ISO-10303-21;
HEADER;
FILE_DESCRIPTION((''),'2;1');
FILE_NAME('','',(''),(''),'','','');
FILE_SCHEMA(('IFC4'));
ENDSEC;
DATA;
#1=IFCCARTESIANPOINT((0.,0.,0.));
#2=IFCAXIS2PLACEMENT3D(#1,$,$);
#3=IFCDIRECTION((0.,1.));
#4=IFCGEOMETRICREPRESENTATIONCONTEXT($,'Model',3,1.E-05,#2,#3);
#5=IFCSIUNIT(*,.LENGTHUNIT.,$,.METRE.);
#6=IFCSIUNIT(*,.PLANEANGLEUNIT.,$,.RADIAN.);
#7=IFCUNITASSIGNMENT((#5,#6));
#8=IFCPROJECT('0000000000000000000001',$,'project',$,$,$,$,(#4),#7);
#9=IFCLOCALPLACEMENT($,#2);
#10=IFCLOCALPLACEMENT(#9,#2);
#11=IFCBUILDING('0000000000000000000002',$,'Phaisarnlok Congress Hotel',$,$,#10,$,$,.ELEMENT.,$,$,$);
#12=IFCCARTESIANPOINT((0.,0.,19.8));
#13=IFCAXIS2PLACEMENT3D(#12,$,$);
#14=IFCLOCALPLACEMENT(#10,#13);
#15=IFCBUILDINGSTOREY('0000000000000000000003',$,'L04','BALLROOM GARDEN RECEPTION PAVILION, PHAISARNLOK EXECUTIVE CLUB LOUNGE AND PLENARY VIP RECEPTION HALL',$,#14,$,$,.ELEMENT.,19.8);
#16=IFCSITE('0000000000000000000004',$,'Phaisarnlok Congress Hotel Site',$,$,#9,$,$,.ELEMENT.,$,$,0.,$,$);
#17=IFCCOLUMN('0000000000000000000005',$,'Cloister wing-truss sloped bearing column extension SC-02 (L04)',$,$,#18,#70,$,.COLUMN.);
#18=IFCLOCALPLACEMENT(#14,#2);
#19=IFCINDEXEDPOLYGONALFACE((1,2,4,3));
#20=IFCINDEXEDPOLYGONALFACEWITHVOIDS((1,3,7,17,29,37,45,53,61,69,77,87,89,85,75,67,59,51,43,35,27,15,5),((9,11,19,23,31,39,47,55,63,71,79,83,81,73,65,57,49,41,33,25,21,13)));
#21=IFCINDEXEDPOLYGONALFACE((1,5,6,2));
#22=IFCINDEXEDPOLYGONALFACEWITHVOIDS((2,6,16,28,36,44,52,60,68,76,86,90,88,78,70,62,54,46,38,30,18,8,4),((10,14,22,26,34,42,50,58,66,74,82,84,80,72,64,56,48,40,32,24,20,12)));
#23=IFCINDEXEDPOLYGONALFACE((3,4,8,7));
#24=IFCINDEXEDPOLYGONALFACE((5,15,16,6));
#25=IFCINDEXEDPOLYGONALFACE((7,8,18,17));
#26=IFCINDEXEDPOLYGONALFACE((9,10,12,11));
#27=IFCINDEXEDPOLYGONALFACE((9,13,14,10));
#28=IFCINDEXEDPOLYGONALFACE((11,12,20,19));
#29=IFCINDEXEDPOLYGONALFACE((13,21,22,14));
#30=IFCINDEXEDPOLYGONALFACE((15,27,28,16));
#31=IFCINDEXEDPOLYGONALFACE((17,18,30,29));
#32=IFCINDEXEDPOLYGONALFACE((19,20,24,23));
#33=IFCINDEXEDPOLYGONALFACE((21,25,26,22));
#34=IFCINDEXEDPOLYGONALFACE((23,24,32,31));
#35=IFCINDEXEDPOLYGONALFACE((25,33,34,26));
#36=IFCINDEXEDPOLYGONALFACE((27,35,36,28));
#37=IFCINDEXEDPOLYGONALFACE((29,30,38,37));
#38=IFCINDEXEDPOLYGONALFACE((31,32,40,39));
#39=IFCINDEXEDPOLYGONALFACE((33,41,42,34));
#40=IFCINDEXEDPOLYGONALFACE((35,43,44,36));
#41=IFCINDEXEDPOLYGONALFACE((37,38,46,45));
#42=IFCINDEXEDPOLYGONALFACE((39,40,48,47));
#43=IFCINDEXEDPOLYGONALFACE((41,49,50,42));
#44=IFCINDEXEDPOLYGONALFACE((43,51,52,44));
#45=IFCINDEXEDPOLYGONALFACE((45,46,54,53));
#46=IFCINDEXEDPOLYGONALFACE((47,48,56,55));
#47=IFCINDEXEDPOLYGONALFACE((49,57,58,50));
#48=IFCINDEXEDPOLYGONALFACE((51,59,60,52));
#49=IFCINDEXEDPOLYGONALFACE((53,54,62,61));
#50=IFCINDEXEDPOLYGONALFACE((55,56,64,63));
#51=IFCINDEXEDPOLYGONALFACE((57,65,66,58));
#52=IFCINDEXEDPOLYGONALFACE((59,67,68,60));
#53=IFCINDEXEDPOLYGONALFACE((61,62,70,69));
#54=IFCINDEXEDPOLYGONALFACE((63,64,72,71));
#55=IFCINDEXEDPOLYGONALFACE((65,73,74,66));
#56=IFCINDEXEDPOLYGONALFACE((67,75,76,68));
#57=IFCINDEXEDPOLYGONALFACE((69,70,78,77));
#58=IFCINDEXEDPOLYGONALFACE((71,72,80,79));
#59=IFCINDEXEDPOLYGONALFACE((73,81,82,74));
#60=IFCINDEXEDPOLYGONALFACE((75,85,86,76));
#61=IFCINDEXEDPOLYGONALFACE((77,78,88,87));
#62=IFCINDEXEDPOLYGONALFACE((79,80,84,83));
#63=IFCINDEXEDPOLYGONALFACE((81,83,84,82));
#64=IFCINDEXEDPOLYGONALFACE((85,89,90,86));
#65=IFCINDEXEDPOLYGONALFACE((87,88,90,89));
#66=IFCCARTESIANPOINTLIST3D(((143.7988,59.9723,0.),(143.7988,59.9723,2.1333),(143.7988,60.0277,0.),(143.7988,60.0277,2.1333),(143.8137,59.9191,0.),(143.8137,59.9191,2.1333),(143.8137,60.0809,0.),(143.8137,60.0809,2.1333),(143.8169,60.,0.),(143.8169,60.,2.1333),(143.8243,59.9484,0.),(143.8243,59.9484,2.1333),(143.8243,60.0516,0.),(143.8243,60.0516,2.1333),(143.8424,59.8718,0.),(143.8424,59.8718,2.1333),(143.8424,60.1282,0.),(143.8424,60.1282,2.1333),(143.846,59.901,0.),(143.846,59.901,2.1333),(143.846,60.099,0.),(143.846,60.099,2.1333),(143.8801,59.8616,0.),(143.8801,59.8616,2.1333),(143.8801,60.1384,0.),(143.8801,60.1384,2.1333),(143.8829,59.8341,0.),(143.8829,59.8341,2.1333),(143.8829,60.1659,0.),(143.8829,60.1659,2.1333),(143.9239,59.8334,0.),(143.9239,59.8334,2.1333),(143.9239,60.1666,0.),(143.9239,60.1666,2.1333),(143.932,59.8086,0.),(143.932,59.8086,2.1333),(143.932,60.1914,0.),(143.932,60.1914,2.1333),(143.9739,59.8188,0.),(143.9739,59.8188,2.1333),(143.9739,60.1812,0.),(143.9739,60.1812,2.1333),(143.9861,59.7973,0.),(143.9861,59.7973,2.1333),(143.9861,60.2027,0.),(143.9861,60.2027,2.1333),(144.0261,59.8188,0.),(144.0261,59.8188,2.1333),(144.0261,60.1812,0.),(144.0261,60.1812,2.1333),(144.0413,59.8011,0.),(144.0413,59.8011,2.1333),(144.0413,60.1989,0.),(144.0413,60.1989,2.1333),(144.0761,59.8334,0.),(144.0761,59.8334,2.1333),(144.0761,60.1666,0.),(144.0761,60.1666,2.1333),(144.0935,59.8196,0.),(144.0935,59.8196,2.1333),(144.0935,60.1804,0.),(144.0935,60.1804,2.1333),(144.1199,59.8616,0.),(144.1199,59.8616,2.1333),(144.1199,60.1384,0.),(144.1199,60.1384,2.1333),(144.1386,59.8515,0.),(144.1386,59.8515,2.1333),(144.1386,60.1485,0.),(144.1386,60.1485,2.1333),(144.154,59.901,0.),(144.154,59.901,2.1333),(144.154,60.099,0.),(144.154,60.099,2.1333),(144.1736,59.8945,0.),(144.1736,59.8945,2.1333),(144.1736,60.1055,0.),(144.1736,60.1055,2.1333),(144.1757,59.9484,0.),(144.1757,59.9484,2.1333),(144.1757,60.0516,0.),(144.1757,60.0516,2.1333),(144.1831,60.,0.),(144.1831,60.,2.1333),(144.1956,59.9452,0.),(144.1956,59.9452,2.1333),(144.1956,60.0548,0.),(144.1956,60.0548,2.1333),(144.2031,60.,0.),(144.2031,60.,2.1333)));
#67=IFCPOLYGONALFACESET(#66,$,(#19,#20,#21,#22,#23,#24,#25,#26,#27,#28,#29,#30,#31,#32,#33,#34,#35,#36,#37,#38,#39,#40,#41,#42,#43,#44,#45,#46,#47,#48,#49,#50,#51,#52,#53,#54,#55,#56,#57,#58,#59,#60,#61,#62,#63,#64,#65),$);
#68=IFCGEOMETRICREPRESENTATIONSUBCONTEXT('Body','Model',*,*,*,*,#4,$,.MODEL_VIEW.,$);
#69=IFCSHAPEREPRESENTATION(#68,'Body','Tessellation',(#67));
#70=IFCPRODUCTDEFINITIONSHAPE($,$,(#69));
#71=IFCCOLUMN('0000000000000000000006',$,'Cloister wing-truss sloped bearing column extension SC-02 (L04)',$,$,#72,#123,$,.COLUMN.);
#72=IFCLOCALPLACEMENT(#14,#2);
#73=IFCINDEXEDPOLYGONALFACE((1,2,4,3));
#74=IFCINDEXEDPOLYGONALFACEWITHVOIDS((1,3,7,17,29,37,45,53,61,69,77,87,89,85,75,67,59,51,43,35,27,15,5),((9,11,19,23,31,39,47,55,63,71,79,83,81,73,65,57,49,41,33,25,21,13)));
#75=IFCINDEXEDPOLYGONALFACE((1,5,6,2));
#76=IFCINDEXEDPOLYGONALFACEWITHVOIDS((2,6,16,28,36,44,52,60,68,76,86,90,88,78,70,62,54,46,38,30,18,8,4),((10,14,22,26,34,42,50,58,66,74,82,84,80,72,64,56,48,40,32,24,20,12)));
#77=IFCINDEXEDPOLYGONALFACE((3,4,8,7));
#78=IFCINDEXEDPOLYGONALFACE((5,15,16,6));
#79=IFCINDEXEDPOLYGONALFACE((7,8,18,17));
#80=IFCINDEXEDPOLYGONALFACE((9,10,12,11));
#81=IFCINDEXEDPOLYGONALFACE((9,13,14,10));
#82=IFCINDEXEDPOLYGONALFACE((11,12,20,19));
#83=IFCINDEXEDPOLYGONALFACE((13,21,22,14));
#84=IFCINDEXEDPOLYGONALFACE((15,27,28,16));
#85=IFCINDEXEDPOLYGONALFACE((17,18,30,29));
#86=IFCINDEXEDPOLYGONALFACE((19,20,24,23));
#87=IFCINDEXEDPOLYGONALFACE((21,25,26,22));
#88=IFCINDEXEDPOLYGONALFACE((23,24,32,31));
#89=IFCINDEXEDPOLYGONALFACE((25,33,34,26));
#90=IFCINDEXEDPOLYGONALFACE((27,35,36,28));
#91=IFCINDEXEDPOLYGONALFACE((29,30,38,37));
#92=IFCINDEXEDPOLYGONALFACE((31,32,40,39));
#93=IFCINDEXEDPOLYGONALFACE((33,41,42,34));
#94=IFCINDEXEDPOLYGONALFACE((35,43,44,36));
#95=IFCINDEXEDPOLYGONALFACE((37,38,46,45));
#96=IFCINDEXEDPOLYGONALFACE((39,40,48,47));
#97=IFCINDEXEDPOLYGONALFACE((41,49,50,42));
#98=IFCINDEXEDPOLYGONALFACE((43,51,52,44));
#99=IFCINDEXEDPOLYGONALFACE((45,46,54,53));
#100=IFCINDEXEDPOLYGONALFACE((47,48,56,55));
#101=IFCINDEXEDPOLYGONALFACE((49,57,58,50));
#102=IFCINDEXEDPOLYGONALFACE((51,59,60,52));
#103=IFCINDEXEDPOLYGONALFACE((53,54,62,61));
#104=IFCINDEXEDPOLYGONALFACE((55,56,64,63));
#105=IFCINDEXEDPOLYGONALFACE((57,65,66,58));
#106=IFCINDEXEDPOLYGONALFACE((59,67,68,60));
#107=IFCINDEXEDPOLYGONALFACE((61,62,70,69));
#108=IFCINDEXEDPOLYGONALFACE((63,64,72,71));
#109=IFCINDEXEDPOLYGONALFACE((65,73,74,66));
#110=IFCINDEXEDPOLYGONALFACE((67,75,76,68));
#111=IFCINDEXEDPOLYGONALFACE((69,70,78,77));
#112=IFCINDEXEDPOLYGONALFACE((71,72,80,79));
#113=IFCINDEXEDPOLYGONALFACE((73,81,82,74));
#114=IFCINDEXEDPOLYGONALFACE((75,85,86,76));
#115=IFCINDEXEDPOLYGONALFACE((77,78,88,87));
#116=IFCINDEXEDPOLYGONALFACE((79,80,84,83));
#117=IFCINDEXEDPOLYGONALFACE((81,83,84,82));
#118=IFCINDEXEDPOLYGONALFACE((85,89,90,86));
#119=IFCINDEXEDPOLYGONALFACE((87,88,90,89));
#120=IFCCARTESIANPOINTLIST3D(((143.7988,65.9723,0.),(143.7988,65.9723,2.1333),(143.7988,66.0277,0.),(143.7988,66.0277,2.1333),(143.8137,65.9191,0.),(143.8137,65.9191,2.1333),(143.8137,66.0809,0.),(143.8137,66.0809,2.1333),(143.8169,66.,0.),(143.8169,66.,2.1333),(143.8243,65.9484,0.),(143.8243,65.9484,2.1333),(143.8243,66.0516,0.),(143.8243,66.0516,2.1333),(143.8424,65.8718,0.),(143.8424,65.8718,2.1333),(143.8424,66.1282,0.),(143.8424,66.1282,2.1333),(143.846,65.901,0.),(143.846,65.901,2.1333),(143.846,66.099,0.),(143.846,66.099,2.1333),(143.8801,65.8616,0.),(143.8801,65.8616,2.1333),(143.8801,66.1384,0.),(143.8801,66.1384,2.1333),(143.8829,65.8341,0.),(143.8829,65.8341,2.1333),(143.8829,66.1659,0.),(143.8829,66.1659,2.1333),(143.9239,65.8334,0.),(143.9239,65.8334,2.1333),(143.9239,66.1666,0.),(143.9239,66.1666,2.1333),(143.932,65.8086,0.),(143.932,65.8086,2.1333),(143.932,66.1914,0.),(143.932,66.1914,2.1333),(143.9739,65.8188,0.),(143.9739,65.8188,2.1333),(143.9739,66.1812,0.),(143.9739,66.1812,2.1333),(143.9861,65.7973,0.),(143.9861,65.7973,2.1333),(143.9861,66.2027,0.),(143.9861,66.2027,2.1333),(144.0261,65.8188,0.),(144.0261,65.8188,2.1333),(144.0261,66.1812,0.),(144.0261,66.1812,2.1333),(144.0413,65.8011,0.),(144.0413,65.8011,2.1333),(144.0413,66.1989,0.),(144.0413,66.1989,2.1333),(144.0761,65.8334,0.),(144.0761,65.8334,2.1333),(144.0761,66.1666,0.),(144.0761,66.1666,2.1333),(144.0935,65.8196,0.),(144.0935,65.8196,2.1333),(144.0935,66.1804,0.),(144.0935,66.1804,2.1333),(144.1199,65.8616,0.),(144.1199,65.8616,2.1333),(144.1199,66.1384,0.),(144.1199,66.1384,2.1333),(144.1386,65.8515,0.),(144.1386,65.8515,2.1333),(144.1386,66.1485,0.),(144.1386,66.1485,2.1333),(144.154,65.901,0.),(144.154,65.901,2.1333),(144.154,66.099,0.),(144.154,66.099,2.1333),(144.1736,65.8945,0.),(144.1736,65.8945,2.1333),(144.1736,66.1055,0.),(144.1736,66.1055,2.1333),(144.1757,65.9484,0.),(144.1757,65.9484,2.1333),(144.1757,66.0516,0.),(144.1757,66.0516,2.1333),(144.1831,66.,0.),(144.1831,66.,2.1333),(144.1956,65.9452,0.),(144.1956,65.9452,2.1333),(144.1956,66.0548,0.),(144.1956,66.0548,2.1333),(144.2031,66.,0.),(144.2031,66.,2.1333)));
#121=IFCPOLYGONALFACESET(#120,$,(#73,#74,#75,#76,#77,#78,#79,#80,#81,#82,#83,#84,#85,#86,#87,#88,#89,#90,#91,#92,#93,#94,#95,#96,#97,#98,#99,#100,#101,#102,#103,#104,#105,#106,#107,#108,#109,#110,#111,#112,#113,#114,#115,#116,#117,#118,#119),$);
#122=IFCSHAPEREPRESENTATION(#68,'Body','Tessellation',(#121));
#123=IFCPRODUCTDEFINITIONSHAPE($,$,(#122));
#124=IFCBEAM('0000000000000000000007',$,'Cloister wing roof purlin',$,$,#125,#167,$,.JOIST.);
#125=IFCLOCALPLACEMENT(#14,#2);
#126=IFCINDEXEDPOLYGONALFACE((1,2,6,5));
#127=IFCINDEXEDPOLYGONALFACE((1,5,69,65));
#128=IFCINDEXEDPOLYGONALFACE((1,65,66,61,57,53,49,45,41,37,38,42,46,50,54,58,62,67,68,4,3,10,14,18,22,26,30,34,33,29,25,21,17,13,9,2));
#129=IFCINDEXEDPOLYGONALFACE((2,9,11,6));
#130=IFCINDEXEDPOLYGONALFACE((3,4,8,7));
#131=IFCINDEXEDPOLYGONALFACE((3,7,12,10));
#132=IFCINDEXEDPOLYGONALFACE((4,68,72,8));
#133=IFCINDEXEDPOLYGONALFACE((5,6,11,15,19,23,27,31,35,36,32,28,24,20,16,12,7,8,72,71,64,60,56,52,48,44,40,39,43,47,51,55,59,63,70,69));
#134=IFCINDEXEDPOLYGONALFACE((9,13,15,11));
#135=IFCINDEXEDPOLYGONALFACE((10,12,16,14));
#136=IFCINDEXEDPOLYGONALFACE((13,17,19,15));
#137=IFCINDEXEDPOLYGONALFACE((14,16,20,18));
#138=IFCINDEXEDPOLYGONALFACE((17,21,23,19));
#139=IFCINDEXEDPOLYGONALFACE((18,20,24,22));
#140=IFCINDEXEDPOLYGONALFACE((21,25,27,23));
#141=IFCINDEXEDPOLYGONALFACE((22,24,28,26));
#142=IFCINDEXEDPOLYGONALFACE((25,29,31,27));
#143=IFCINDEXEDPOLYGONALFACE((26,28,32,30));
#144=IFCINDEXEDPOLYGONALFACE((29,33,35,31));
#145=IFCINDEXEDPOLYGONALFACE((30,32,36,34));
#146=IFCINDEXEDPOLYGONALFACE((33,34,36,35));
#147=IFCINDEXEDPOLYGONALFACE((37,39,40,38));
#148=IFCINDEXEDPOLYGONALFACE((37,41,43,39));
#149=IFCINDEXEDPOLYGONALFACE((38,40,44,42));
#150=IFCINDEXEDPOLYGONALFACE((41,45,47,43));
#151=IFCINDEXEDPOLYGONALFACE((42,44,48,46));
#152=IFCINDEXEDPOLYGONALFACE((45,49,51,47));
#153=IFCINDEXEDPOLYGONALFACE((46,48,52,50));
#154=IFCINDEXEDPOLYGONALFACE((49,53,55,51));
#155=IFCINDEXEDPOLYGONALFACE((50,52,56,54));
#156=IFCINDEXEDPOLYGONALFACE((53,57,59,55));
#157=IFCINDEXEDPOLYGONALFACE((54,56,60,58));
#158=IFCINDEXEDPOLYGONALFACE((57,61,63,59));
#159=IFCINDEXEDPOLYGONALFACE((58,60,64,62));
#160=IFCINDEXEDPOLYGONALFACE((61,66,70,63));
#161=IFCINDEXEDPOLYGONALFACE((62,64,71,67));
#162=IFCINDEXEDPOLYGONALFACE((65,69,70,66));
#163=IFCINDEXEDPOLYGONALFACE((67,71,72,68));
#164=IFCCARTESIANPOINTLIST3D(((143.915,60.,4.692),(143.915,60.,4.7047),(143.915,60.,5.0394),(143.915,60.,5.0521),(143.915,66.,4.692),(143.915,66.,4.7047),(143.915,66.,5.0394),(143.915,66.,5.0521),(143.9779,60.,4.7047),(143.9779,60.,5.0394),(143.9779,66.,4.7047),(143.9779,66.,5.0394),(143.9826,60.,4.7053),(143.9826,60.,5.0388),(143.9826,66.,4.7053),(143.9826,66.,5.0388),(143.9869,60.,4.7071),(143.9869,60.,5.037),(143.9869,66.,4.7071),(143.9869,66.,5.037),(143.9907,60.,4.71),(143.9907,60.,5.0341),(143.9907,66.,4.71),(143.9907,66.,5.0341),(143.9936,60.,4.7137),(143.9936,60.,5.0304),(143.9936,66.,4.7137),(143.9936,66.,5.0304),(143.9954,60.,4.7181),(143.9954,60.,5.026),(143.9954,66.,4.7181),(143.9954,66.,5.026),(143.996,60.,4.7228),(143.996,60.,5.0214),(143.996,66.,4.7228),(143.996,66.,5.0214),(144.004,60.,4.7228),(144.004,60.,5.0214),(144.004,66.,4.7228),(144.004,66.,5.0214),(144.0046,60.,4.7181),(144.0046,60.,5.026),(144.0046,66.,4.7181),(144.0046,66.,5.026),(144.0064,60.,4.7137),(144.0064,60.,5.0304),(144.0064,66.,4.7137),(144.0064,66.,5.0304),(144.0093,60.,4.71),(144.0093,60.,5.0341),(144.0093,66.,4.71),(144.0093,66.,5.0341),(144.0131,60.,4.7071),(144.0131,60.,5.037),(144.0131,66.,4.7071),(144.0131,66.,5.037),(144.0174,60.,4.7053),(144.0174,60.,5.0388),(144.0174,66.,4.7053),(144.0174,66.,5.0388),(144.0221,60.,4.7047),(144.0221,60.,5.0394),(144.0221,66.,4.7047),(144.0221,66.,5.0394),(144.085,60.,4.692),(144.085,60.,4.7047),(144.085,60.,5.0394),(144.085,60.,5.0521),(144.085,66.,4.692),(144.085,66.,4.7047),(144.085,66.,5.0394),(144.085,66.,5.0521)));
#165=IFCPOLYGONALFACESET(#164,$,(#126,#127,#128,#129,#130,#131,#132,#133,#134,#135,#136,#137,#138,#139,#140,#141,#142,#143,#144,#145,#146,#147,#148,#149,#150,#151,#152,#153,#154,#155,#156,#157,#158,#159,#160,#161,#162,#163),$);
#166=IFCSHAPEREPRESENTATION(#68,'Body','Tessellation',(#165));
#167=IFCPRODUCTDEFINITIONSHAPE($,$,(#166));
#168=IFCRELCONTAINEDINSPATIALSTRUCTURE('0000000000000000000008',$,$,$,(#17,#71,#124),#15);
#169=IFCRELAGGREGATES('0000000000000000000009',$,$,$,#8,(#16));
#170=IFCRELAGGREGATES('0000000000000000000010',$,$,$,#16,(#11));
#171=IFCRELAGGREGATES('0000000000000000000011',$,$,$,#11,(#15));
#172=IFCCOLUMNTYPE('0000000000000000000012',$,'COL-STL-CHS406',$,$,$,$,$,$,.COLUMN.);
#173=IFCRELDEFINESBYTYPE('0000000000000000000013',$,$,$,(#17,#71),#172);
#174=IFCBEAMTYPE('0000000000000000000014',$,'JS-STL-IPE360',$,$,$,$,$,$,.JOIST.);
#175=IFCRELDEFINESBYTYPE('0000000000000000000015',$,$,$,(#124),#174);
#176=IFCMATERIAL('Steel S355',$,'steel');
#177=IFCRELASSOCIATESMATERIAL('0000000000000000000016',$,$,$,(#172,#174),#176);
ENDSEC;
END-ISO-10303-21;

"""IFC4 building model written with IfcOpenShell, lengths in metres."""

from ifc_helpers import new_model, si_unit, direction, frame, origin, origin_2d, place, context, subcontext, project, spatial, hollow_circle, i_section, extrude, material, material_profile, profile_set, type_object, element, save


model = new_model("IFC4")

# Units and contexts
model_context = context("Model", 3, precision=1e-05, world=origin(), true_north=direction((0.0, 1.0)))
body_context = subcontext(model_context, "Body", "Model", "MODEL_VIEW")
ifc_project = project(units=[si_unit("LENGTHUNIT", "METRE"), si_unit("PLANEANGLEUNIT", "RADIAN")], contexts=[model_context])

# Site, building, storey
site_placement = place(None, origin())
site = spatial("IfcSite", under=ifc_project, at=site_placement, Name="Phaisarnlok Congress Hotel Site", CompositionType="ELEMENT", RefElevation=0.0)
building_placement = place(site_placement, origin())
building = spatial("IfcBuilding", under=site, at=building_placement, Name="Phaisarnlok Congress Hotel", CompositionType="ELEMENT")
storey_placement = place(building_placement, frame((0.0, 0.0, 19.8)))
storey = spatial("IfcBuildingStorey", under=building, at=storey_placement, Name="L04", Description="BALLROOM GARDEN RECEPTION PAVILION, PHAISARNLOK EXECUTIVE CLUB LOUNGE AND PLENARY VIP RECEPTION HALL", CompositionType="ELEMENT", Elevation=19.8)

# Columns
ifc_material = material(Name="Steel S355", Category="steel")
ifc_material_profile_1 = material_profile(ifc_material, hollow_circle(Radius=0.2031, WallThickness=0.02, at=origin_2d()), Name="CHS 406.4x20")
ifc_profile_set_1 = profile_set([ifc_material_profile_1], Name="Steel S355")
column_type = type_object("IfcColumnType", Name="COL-STL-CHS406", PredefinedType="COLUMN", material=ifc_profile_set_1)
for number, where, z_axis, x_axis, name in (
    (1, (144.0, 60.0, 0.0), (0.0, 0.0, 1.0), (1.0, 0.0, 0.0), "Cloister wing-truss sloped bearing column extension SC-02 (L04)"),
    (2, (144.0, 66.0, 0.0), (0.0, 0.0, 1.0), (1.0, 0.0, 0.0), "Cloister wing-truss sloped bearing column extension SC-02 (L04)"),
):
    element("IfcColumn", number, at=place(storey_placement, frame(where, z_axis=z_axis, x_axis=x_axis)), inside=storey, type_object=column_type, Name=name, PredefinedType="COLUMN", context=body_context, shape_type="SweptSolid", body=[
        extrude(hollow_circle(Radius=0.2031, WallThickness=0.02, at=origin_2d()), origin(), (0.0, 0.0, 1.0), 2.1333),
    ])

# Beam
ifc_material_profile_2 = material_profile(ifc_material, i_section(OverallWidth=0.1699, OverallDepth=0.3601, WebThickness=0.0081, FlangeThickness=0.0127, FilletRadius=0.0181, at=origin_2d()), Name="IPE 360")
ifc_profile_set_2 = profile_set([ifc_material_profile_2], Name="Steel S355")
beam_type = type_object("IfcBeamType", Name="JS-STL-IPE360", PredefinedType="JOIST", material=ifc_profile_set_2)
beam_placement = place(storey_placement, frame((144.0, 60.0, 4.8721), z_axis=(0.0, 1.0, 0.0), x_axis=(-1.0, 0.0, 0.0)))
element("IfcBeam", 3, at=beam_placement, inside=storey, type_object=beam_type, Name="Cloister wing roof purlin", PredefinedType="JOIST", context=body_context, shape_type="SweptSolid", body=[
    extrude(i_section(OverallWidth=0.1699, OverallDepth=0.3601, WebThickness=0.0081, FlangeThickness=0.0127, FilletRadius=0.0181, at=origin_2d()), origin(), (0.0, 0.0, 1.0), 6.0),
])

save(model, "model.ifc")
